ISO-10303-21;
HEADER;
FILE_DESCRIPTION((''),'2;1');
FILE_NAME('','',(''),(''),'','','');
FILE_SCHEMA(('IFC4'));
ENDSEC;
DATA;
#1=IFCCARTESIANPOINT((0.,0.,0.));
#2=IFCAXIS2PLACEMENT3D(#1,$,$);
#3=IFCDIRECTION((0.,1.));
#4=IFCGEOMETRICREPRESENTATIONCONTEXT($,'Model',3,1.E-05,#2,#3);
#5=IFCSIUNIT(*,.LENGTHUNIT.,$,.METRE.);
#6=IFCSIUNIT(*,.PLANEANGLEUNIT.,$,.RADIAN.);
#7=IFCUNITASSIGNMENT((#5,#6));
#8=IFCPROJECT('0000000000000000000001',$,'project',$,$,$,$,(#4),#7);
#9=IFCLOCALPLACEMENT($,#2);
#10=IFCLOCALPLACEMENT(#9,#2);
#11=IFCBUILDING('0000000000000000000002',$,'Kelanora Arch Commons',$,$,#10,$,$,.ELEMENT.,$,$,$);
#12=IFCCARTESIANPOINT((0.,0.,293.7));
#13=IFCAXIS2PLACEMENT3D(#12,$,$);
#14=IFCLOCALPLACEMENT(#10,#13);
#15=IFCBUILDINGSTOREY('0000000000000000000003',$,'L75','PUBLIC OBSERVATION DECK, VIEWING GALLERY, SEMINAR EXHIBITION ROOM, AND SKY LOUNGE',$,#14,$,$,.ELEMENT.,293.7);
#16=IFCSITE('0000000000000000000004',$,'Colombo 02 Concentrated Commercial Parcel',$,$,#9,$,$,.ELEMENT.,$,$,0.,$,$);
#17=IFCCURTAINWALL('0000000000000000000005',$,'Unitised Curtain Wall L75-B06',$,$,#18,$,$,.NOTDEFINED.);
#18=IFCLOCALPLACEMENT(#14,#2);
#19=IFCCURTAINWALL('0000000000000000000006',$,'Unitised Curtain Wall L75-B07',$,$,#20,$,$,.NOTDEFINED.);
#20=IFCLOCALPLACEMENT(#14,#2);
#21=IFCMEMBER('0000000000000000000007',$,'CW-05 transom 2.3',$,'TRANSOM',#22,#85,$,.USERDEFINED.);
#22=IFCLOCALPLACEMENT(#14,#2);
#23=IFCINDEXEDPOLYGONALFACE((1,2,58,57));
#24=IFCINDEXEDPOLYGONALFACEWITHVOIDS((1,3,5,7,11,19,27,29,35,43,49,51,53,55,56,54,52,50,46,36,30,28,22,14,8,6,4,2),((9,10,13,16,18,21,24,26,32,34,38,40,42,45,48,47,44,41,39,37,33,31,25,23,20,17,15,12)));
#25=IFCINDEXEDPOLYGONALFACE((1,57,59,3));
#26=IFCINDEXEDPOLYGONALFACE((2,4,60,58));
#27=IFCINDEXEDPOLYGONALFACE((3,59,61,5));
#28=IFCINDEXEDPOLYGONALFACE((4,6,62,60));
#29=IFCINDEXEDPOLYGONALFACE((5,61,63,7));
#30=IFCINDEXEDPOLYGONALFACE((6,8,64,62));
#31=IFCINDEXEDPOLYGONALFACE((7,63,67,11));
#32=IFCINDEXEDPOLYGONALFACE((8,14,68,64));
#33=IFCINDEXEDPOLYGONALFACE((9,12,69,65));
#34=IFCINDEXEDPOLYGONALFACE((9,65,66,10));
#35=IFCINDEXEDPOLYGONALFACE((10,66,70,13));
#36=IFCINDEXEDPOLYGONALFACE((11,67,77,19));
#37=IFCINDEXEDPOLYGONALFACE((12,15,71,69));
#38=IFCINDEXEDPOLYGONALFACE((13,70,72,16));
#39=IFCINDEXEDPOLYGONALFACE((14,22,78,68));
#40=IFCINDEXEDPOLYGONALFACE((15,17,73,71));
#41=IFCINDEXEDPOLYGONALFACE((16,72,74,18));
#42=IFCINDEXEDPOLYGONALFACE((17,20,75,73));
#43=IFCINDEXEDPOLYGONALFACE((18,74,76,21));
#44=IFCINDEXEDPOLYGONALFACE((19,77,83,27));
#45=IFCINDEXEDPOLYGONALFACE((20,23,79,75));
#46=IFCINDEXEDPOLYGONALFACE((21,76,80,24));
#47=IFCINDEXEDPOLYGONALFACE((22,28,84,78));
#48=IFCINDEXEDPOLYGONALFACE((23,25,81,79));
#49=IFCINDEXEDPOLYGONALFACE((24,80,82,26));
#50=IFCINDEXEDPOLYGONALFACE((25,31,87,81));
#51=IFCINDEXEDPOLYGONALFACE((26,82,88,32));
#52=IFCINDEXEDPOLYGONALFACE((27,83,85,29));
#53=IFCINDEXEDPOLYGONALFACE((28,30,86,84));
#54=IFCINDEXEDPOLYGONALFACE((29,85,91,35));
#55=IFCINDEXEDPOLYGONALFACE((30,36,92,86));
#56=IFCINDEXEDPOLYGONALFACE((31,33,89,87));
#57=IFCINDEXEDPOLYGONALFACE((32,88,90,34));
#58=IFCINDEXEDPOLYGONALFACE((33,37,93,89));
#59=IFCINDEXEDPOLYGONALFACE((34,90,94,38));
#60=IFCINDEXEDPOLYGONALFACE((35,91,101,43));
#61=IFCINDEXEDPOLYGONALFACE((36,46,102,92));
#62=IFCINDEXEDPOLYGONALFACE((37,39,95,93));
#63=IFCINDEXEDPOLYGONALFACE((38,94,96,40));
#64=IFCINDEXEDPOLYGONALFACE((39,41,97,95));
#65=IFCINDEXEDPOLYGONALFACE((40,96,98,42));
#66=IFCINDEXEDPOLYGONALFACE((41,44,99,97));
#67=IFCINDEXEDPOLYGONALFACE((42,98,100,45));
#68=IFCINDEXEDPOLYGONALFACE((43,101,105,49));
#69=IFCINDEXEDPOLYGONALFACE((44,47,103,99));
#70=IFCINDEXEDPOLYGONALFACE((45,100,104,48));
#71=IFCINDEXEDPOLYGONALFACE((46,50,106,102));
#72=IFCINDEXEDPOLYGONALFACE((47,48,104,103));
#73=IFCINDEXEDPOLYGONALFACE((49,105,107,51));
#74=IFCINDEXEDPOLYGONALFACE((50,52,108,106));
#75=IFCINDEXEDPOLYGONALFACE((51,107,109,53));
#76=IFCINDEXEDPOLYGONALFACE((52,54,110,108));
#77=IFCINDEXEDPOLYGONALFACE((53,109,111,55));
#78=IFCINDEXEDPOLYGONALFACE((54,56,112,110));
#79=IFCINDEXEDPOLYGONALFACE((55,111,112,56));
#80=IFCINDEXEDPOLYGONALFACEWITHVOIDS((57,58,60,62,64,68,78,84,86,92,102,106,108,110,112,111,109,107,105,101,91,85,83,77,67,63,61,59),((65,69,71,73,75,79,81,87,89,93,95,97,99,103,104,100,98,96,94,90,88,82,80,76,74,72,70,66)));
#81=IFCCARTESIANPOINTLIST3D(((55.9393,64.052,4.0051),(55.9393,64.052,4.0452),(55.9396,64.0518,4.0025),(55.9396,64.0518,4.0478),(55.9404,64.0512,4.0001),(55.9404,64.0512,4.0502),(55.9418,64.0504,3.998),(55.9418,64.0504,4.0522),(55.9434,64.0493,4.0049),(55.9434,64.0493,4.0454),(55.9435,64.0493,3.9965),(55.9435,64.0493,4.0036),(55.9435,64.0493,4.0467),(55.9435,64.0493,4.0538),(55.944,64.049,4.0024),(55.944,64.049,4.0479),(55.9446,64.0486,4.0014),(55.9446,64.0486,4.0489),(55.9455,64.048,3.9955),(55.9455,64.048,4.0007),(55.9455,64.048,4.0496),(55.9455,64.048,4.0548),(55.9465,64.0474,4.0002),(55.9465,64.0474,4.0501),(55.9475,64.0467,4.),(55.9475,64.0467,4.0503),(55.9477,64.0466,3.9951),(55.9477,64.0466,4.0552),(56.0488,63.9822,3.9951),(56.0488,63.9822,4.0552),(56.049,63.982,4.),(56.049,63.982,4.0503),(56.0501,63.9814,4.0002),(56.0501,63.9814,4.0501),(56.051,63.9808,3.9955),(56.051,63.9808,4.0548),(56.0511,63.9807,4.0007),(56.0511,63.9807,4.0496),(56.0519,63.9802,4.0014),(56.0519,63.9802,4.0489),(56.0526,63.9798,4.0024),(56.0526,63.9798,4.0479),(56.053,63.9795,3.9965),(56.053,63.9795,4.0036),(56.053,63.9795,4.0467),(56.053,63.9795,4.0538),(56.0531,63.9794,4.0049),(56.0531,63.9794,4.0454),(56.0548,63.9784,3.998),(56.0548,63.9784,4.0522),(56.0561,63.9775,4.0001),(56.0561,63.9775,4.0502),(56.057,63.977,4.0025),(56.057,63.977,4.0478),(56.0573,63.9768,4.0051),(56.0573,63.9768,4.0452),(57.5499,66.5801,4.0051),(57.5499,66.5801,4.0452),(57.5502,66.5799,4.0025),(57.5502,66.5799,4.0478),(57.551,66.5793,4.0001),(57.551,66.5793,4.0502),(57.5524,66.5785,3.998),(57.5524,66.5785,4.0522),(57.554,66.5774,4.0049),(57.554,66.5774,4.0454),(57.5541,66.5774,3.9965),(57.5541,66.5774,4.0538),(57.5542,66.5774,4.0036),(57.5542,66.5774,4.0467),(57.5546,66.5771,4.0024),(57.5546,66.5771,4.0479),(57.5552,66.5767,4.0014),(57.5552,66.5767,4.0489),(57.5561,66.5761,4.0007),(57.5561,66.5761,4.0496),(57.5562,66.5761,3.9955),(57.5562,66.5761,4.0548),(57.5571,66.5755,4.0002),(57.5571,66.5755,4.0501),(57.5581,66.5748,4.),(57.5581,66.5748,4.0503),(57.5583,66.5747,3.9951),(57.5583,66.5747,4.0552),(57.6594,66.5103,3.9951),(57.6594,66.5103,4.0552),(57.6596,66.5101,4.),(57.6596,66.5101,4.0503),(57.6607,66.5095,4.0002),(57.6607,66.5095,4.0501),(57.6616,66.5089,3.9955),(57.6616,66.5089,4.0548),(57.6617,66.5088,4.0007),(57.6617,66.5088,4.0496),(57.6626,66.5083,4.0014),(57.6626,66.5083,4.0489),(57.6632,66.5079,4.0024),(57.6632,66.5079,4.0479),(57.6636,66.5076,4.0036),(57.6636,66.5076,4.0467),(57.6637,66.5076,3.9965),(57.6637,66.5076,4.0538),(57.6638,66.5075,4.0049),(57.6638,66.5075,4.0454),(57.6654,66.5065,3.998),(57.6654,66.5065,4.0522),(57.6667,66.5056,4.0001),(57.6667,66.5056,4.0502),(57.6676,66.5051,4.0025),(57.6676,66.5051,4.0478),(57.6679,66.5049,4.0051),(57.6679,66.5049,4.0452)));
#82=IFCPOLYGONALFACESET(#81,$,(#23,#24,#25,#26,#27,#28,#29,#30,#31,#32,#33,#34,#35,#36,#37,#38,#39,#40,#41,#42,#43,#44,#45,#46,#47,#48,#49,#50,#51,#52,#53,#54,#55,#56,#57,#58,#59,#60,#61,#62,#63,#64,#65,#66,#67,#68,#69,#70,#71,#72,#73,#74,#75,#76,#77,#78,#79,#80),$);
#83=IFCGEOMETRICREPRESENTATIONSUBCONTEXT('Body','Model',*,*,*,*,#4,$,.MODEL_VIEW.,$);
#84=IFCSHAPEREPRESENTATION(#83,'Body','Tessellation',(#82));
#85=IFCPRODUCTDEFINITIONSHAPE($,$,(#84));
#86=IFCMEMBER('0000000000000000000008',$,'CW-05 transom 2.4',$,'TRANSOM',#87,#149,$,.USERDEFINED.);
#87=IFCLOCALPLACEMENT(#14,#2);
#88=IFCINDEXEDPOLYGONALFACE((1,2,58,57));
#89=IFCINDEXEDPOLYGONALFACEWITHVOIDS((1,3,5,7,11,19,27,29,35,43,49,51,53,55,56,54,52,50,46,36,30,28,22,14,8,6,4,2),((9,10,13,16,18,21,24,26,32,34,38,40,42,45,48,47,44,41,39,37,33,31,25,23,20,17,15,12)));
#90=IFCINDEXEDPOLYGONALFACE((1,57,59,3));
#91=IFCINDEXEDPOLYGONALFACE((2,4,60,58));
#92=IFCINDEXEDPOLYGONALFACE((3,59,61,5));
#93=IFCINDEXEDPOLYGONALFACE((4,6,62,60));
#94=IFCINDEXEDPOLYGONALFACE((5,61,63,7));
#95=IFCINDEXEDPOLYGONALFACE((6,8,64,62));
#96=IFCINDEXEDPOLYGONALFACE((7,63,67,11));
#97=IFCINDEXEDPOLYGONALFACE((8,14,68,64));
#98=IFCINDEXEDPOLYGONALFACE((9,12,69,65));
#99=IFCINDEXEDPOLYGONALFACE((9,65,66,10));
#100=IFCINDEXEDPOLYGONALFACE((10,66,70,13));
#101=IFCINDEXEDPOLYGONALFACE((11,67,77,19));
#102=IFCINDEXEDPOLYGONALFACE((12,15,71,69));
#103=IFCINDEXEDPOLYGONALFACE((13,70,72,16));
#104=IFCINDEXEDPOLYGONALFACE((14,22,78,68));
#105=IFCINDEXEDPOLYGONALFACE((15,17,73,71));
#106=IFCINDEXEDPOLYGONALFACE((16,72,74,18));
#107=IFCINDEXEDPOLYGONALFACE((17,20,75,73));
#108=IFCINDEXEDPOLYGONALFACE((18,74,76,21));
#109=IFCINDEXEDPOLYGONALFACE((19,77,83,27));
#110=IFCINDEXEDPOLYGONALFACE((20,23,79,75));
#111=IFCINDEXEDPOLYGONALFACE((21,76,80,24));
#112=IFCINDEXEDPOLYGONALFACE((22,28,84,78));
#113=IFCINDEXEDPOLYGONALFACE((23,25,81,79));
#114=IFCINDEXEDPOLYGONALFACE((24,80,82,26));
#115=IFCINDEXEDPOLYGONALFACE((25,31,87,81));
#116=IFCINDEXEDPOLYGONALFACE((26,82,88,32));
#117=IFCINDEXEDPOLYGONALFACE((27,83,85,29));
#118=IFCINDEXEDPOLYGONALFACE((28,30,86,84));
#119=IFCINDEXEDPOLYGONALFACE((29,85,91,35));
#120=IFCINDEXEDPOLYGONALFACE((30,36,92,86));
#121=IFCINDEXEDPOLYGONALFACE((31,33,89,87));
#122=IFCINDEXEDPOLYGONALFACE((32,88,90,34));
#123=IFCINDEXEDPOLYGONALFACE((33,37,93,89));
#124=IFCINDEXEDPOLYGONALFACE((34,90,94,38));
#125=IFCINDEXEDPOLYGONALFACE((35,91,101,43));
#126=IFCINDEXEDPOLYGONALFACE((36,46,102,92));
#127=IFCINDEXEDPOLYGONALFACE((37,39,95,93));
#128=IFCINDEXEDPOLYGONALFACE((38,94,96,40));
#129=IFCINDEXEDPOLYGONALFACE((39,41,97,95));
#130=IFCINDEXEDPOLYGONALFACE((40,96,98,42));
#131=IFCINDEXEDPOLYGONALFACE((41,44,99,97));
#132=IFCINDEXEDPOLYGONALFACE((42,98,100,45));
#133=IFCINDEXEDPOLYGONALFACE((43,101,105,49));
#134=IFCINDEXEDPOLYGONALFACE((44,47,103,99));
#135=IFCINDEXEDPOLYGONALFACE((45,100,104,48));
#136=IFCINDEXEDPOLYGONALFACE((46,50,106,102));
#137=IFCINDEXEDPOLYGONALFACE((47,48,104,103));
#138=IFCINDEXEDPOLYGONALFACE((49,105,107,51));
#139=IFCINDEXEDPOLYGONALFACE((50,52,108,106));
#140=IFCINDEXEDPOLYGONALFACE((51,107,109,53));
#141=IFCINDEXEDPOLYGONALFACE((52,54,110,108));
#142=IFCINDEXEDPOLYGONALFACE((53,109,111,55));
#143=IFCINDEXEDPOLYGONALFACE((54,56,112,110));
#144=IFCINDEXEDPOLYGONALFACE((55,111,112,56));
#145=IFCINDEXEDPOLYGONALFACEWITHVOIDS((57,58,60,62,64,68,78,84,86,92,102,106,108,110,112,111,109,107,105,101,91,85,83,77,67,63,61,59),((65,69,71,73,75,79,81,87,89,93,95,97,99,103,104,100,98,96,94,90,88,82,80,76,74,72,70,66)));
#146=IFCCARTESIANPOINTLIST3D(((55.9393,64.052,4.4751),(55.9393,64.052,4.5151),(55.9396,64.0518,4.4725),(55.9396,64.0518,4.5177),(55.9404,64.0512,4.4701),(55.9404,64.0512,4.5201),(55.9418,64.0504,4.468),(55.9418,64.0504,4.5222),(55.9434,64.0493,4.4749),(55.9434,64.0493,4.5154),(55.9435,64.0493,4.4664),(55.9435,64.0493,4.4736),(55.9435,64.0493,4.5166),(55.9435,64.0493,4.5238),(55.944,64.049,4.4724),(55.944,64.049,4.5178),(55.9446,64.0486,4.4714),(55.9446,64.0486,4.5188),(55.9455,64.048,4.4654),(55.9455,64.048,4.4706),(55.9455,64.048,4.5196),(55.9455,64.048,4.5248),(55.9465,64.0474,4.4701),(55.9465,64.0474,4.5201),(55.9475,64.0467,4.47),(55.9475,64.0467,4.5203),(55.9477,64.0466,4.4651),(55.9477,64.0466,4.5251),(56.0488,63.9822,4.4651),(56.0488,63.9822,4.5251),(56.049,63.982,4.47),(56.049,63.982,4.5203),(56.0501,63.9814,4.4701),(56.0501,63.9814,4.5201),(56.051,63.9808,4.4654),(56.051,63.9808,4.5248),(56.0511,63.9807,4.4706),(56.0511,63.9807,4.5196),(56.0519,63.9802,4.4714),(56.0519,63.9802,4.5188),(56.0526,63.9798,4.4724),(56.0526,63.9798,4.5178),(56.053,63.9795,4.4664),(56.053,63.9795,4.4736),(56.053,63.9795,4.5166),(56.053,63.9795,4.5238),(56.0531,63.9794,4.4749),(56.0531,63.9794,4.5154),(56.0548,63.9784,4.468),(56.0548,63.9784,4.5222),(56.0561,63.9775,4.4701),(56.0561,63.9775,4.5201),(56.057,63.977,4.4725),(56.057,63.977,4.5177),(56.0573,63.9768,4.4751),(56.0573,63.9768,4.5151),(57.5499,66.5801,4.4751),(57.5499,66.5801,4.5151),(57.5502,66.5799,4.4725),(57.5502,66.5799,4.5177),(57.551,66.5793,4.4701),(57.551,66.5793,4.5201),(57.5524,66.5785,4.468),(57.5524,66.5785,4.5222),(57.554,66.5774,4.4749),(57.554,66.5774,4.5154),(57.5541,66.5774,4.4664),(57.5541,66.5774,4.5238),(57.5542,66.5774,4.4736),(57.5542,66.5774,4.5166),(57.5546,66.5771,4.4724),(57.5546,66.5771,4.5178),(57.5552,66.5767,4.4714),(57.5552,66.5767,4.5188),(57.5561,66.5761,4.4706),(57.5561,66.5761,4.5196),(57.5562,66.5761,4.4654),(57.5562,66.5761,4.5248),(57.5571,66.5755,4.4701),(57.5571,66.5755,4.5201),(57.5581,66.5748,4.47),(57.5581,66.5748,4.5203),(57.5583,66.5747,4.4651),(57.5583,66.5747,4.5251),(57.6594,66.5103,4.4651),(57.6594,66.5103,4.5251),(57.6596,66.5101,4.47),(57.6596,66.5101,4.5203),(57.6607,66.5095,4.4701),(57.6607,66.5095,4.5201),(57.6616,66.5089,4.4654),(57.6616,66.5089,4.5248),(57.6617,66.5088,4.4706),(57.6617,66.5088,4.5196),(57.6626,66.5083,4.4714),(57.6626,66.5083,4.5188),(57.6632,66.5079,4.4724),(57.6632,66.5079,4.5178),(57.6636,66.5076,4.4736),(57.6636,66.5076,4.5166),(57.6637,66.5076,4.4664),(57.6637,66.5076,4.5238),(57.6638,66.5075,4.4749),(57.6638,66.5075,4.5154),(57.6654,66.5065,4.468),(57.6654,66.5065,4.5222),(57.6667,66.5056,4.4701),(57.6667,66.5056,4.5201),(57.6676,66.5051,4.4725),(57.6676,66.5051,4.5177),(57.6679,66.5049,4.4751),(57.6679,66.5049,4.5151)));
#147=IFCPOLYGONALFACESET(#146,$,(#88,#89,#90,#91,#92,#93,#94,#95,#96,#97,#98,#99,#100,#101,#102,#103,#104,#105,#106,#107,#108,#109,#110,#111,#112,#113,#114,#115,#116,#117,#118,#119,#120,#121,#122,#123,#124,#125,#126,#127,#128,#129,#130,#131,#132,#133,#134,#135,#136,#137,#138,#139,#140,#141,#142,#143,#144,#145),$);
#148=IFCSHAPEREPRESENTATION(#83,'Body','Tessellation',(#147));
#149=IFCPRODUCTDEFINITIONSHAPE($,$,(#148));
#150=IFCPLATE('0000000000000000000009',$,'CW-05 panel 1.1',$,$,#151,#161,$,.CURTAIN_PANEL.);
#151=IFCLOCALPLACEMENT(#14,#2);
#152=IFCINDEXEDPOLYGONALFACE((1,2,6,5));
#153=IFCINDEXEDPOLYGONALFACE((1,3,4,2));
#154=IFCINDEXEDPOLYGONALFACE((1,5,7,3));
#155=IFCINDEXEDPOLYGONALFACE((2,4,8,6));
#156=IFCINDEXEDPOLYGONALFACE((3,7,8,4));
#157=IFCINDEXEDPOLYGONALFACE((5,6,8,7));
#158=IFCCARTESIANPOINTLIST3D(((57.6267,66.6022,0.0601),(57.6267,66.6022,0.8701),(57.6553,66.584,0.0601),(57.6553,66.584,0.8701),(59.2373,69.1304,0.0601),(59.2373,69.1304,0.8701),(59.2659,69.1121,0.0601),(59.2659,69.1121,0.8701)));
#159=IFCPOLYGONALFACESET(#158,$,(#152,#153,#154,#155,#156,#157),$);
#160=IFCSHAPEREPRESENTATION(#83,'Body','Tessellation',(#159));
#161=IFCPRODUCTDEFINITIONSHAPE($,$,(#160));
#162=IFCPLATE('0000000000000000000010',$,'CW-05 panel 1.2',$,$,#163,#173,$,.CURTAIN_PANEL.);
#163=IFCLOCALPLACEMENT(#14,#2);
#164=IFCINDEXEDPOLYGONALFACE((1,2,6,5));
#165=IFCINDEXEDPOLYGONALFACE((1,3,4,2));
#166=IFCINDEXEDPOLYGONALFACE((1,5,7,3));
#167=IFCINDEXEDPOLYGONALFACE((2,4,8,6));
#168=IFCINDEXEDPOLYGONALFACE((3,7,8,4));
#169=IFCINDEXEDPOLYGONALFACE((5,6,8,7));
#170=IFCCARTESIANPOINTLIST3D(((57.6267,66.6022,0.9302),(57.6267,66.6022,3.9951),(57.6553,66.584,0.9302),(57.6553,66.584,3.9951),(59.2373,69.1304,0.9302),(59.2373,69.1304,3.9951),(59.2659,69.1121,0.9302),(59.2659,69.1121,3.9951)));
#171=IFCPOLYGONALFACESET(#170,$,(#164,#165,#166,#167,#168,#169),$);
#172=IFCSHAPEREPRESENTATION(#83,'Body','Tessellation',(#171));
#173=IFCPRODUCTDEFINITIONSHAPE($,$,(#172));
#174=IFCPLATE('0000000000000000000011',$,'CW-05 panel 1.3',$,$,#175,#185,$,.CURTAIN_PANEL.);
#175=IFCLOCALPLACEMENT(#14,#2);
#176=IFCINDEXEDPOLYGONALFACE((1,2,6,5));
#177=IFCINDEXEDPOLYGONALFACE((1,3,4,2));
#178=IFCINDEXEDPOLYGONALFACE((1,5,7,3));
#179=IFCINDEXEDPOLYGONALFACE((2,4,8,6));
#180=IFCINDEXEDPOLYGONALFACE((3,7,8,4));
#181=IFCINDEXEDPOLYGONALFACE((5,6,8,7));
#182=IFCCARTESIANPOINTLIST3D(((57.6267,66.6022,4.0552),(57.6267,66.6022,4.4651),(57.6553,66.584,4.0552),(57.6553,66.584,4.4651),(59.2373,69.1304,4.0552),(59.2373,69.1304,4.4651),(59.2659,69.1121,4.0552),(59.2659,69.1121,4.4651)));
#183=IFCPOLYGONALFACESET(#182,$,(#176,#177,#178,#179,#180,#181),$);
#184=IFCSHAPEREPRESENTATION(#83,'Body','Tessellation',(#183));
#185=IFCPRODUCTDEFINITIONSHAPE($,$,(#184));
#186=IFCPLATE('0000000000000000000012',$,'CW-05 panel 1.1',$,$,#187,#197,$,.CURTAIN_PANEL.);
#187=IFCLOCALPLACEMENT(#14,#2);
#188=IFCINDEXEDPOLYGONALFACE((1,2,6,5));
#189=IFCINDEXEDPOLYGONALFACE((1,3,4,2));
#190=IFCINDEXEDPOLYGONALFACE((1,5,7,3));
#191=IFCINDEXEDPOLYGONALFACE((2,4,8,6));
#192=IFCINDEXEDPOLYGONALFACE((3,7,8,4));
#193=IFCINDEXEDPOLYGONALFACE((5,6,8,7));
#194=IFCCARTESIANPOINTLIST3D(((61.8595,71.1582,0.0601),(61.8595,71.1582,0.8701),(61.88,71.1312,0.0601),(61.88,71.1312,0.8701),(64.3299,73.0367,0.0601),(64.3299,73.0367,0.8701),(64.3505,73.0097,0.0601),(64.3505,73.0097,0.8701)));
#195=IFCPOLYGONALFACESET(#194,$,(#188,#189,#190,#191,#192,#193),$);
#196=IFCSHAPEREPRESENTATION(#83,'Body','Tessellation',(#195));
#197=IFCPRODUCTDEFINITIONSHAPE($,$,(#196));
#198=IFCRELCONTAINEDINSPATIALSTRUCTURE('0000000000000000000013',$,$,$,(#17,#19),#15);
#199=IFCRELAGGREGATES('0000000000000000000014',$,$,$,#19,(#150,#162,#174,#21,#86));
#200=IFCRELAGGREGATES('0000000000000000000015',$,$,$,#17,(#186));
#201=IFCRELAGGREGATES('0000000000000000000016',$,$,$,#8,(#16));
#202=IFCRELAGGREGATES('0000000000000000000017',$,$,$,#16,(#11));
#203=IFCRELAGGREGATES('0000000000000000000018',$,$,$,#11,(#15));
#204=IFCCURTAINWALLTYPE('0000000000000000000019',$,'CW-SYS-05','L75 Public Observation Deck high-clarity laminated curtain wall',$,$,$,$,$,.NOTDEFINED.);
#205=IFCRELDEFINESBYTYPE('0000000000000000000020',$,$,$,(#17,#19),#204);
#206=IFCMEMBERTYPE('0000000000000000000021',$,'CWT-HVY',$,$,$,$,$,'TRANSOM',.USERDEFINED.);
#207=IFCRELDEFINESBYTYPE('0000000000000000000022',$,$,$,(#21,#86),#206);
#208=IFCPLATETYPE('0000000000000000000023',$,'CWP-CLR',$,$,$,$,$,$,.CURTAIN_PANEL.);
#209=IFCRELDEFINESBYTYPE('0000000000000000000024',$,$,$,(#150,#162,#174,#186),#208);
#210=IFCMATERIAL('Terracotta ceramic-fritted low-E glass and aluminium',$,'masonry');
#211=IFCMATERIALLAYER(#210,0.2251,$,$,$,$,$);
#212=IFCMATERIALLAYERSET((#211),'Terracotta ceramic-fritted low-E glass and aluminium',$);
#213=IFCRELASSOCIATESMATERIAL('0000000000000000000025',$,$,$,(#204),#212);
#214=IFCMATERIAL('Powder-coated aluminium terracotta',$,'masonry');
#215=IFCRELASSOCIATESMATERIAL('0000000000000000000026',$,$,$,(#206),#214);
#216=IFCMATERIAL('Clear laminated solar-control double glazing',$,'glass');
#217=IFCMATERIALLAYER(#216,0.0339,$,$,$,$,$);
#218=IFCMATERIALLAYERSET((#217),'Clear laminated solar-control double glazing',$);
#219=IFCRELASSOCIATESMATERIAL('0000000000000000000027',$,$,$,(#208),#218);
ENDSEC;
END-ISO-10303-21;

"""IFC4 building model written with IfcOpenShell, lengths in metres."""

from ifc_helpers import new_model, si_unit, direction, frame, origin, origin_2d, place, context, subcontext, project, spatial, rectangle, hollow_rectangle, extrude, source, transform, mapped, material, layer, layer_set, material_profile, profile_set, type_object, element, aggregate, save


model = new_model("IFC4")

# Units and contexts
model_context = context("Model", 3, precision=1e-05, world=origin(), true_north=direction((0.0, 1.0)))
body_context = subcontext(model_context, "Body", "Model", "MODEL_VIEW")
ifc_project = project(units=[si_unit("LENGTHUNIT", "METRE"), si_unit("PLANEANGLEUNIT", "RADIAN")], contexts=[model_context])

# Site, building, storey
site_placement = place(None, origin())
site = spatial("IfcSite", under=ifc_project, at=site_placement, Name="Colombo 02 Concentrated Commercial Parcel", CompositionType="ELEMENT", RefElevation=0.0)
building_placement = place(site_placement, origin())
building = spatial("IfcBuilding", under=site, at=building_placement, Name="Kelanora Arch Commons", CompositionType="ELEMENT")
storey_placement = place(building_placement, frame((0.0, 0.0, 293.7)))
storey = spatial("IfcBuildingStorey", under=building, at=storey_placement, Name="L75", Description="PUBLIC OBSERVATION DECK, VIEWING GALLERY, SEMINAR EXHIBITION ROOM, AND SKY LOUNGE", CompositionType="ELEMENT", Elevation=293.7)

# Curtain walls
ifc_material_1 = material(Name="Terracotta ceramic-fritted low-E glass and aluminium", Category="masonry")
ifc_layer_1 = layer(ifc_material_1, 0.2251)
ifc_layer_set_1 = layer_set([ifc_layer_1], Name="Terracotta ceramic-fritted low-E glass and aluminium")
curtain_wall_type = type_object("IfcCurtainWallType", Name="CW-SYS-05", Description="L75 Public Observation Deck high-clarity laminated curtain wall", PredefinedType="NOTDEFINED", material=ifc_layer_set_1)
curtain_wall_1_placement = place(storey_placement, origin())
curtain_wall_1 = element("IfcCurtainWall", 1, at=curtain_wall_1_placement, inside=storey, type_object=curtain_wall_type, Name="Unitised Curtain Wall L75-B06", PredefinedType="NOTDEFINED")
ifc_material_2 = material(Name="Powder-coated aluminium terracotta", Category="masonry")
curtain_wall_2_placement = place(storey_placement, origin())
curtain_wall_2 = element("IfcCurtainWall", 2, at=curtain_wall_2_placement, inside=storey, type_object=curtain_wall_type, Name="Unitised Curtain Wall L75-B07", PredefinedType="NOTDEFINED")

# Members
ifc_material_profile_1 = material_profile(ifc_material_2, hollow_rectangle(XDim=0.1399, YDim=0.0601, WallThickness=0.0049, InnerFilletRadius=0.0049, OuterFilletRadius=0.01, at=origin_2d()), Name="CWT140x60")
ifc_profile_set_1 = profile_set([ifc_material_profile_1], Name="Powder-coated aluminium terracotta")
member_type_1 = type_object("IfcMemberType", Name="CWT-HVY", ElementType="TRANSOM", PredefinedType="USERDEFINED", material=ifc_profile_set_1)
member_1_placement = place(storey_placement, frame((57.6089, 66.5425, 4.0251), z_axis=(-0.537308, -0.843386, 0.0), x_axis=(0.843386, -0.537308, 0.0)))
member_1 = element("IfcMember", 3, at=member_1_placement, type_object=member_type_1, Name="CW-05 transom 2.3", ObjectType="TRANSOM", PredefinedType="USERDEFINED", context=body_context, shape_type="SweptSolid", body=[
    extrude(hollow_rectangle(XDim=0.1399, YDim=0.0601, WallThickness=0.0049, InnerFilletRadius=0.0049, OuterFilletRadius=0.01, at=origin_2d()), origin(), (0.0, 0.0, 1.0), 2.9976),
])
member_2_placement = place(storey_placement, frame((57.6089, 66.5425, 4.4951), z_axis=(-0.537308, -0.843386, 0.0), x_axis=(0.843386, -0.537308, 0.0)))
member_2 = element("IfcMember", 4, at=member_2_placement, type_object=member_type_1, Name="CW-05 transom 2.4", ObjectType="TRANSOM", PredefinedType="USERDEFINED", context=body_context, shape_type="SweptSolid", body=[
    extrude(hollow_rectangle(XDim=0.1399, YDim=0.0601, WallThickness=0.0049, InnerFilletRadius=0.0049, OuterFilletRadius=0.01, at=origin_2d()), origin(), (0.0, 0.0, 1.0), 2.9976),
])

# Plates
ifc_material_3 = material(Name="Clear laminated solar-control double glazing", Category="glass")
ifc_layer_2 = layer(ifc_material_3, 0.0339)
ifc_layer_set_2 = layer_set([ifc_layer_2], Name="Clear laminated solar-control double glazing")
plate_type = type_object("IfcPlateType", Name="CWP-CLR", PredefinedType="CURTAIN_PANEL", material=ifc_layer_set_2)
shared_shape_1 = source(origin(), body_context, "Body", "SweptSolid", [
    extrude(rectangle(XDim=2.9976, YDim=0.0339, at=origin_2d()), origin(), (0.0, 0.0, 1.0), 0.8101),
])
plate_1_placement = place(storey_placement, frame((58.4463, 67.8572, 0.0601), z_axis=(0.0, 0.0, 1.0), x_axis=(-0.5373, -0.843391, 0.0)))
plate_1 = element("IfcPlate", 5, at=plate_1_placement, type_object=plate_type, Name="CW-05 panel 1.1", PredefinedType="CURTAIN_PANEL", context=body_context, shape_type="MappedRepresentation", body=[
    mapped(shared_shape_1, transform((0.0, 0.0, 0.0), scale=1.0)),
])
shared_shape_2 = source(origin(), body_context, "Body", "SweptSolid", [
    extrude(rectangle(XDim=2.9976, YDim=0.0339, at=origin_2d()), origin(), (0.0, 0.0, 1.0), 3.0649),
])
plate_2_placement = place(storey_placement, frame((58.4463, 67.8572, 0.9302), z_axis=(0.0, 0.0, 1.0), x_axis=(-0.5373, -0.843391, 0.0)))
plate_2 = element("IfcPlate", 6, at=plate_2_placement, type_object=plate_type, Name="CW-05 panel 1.2", PredefinedType="CURTAIN_PANEL", context=body_context, shape_type="MappedRepresentation", body=[
    mapped(shared_shape_2, transform((0.0, 0.0, 0.0), scale=1.0)),
])
shared_shape_3 = source(origin(), body_context, "Body", "SweptSolid", [
    extrude(rectangle(XDim=2.9976, YDim=0.0339, at=origin_2d()), origin(), (0.0, 0.0, 1.0), 0.4099),
])
plate_3_placement = place(storey_placement, frame((58.4463, 67.8572, 4.0552), z_axis=(0.0, 0.0, 1.0), x_axis=(-0.5373, -0.843391, 0.0)))
plate_3 = element("IfcPlate", 7, at=plate_3_placement, type_object=plate_type, Name="CW-05 panel 1.3", PredefinedType="CURTAIN_PANEL", context=body_context, shape_type="MappedRepresentation", body=[
    mapped(shared_shape_3, transform((0.0, 0.0, 0.0), scale=1.0)),
])
aggregate(curtain_wall_2, [plate_1, plate_2, plate_3, member_1, member_2])
shared_shape_4 = source(origin(), body_context, "Body", "SweptSolid", [
    extrude(rectangle(XDim=3.1035, YDim=0.0339, at=origin_2d()), origin(), (0.0, 0.0, 1.0), 0.8101),
])
plate_4_placement = place(storey_placement, frame((63.105, 72.084, 0.0601), z_axis=(0.0, 0.0, 1.0), x_axis=(-0.796009, -0.605285, 0.0)))
plate_4 = element("IfcPlate", 8, at=plate_4_placement, type_object=plate_type, Name="CW-05 panel 1.1", PredefinedType="CURTAIN_PANEL", context=body_context, shape_type="MappedRepresentation", body=[
    mapped(shared_shape_4, transform((0.0, 0.0, 0.0), scale=1.0)),
])
aggregate(curtain_wall_1, [plate_4])

save(model, "model.ifc")
